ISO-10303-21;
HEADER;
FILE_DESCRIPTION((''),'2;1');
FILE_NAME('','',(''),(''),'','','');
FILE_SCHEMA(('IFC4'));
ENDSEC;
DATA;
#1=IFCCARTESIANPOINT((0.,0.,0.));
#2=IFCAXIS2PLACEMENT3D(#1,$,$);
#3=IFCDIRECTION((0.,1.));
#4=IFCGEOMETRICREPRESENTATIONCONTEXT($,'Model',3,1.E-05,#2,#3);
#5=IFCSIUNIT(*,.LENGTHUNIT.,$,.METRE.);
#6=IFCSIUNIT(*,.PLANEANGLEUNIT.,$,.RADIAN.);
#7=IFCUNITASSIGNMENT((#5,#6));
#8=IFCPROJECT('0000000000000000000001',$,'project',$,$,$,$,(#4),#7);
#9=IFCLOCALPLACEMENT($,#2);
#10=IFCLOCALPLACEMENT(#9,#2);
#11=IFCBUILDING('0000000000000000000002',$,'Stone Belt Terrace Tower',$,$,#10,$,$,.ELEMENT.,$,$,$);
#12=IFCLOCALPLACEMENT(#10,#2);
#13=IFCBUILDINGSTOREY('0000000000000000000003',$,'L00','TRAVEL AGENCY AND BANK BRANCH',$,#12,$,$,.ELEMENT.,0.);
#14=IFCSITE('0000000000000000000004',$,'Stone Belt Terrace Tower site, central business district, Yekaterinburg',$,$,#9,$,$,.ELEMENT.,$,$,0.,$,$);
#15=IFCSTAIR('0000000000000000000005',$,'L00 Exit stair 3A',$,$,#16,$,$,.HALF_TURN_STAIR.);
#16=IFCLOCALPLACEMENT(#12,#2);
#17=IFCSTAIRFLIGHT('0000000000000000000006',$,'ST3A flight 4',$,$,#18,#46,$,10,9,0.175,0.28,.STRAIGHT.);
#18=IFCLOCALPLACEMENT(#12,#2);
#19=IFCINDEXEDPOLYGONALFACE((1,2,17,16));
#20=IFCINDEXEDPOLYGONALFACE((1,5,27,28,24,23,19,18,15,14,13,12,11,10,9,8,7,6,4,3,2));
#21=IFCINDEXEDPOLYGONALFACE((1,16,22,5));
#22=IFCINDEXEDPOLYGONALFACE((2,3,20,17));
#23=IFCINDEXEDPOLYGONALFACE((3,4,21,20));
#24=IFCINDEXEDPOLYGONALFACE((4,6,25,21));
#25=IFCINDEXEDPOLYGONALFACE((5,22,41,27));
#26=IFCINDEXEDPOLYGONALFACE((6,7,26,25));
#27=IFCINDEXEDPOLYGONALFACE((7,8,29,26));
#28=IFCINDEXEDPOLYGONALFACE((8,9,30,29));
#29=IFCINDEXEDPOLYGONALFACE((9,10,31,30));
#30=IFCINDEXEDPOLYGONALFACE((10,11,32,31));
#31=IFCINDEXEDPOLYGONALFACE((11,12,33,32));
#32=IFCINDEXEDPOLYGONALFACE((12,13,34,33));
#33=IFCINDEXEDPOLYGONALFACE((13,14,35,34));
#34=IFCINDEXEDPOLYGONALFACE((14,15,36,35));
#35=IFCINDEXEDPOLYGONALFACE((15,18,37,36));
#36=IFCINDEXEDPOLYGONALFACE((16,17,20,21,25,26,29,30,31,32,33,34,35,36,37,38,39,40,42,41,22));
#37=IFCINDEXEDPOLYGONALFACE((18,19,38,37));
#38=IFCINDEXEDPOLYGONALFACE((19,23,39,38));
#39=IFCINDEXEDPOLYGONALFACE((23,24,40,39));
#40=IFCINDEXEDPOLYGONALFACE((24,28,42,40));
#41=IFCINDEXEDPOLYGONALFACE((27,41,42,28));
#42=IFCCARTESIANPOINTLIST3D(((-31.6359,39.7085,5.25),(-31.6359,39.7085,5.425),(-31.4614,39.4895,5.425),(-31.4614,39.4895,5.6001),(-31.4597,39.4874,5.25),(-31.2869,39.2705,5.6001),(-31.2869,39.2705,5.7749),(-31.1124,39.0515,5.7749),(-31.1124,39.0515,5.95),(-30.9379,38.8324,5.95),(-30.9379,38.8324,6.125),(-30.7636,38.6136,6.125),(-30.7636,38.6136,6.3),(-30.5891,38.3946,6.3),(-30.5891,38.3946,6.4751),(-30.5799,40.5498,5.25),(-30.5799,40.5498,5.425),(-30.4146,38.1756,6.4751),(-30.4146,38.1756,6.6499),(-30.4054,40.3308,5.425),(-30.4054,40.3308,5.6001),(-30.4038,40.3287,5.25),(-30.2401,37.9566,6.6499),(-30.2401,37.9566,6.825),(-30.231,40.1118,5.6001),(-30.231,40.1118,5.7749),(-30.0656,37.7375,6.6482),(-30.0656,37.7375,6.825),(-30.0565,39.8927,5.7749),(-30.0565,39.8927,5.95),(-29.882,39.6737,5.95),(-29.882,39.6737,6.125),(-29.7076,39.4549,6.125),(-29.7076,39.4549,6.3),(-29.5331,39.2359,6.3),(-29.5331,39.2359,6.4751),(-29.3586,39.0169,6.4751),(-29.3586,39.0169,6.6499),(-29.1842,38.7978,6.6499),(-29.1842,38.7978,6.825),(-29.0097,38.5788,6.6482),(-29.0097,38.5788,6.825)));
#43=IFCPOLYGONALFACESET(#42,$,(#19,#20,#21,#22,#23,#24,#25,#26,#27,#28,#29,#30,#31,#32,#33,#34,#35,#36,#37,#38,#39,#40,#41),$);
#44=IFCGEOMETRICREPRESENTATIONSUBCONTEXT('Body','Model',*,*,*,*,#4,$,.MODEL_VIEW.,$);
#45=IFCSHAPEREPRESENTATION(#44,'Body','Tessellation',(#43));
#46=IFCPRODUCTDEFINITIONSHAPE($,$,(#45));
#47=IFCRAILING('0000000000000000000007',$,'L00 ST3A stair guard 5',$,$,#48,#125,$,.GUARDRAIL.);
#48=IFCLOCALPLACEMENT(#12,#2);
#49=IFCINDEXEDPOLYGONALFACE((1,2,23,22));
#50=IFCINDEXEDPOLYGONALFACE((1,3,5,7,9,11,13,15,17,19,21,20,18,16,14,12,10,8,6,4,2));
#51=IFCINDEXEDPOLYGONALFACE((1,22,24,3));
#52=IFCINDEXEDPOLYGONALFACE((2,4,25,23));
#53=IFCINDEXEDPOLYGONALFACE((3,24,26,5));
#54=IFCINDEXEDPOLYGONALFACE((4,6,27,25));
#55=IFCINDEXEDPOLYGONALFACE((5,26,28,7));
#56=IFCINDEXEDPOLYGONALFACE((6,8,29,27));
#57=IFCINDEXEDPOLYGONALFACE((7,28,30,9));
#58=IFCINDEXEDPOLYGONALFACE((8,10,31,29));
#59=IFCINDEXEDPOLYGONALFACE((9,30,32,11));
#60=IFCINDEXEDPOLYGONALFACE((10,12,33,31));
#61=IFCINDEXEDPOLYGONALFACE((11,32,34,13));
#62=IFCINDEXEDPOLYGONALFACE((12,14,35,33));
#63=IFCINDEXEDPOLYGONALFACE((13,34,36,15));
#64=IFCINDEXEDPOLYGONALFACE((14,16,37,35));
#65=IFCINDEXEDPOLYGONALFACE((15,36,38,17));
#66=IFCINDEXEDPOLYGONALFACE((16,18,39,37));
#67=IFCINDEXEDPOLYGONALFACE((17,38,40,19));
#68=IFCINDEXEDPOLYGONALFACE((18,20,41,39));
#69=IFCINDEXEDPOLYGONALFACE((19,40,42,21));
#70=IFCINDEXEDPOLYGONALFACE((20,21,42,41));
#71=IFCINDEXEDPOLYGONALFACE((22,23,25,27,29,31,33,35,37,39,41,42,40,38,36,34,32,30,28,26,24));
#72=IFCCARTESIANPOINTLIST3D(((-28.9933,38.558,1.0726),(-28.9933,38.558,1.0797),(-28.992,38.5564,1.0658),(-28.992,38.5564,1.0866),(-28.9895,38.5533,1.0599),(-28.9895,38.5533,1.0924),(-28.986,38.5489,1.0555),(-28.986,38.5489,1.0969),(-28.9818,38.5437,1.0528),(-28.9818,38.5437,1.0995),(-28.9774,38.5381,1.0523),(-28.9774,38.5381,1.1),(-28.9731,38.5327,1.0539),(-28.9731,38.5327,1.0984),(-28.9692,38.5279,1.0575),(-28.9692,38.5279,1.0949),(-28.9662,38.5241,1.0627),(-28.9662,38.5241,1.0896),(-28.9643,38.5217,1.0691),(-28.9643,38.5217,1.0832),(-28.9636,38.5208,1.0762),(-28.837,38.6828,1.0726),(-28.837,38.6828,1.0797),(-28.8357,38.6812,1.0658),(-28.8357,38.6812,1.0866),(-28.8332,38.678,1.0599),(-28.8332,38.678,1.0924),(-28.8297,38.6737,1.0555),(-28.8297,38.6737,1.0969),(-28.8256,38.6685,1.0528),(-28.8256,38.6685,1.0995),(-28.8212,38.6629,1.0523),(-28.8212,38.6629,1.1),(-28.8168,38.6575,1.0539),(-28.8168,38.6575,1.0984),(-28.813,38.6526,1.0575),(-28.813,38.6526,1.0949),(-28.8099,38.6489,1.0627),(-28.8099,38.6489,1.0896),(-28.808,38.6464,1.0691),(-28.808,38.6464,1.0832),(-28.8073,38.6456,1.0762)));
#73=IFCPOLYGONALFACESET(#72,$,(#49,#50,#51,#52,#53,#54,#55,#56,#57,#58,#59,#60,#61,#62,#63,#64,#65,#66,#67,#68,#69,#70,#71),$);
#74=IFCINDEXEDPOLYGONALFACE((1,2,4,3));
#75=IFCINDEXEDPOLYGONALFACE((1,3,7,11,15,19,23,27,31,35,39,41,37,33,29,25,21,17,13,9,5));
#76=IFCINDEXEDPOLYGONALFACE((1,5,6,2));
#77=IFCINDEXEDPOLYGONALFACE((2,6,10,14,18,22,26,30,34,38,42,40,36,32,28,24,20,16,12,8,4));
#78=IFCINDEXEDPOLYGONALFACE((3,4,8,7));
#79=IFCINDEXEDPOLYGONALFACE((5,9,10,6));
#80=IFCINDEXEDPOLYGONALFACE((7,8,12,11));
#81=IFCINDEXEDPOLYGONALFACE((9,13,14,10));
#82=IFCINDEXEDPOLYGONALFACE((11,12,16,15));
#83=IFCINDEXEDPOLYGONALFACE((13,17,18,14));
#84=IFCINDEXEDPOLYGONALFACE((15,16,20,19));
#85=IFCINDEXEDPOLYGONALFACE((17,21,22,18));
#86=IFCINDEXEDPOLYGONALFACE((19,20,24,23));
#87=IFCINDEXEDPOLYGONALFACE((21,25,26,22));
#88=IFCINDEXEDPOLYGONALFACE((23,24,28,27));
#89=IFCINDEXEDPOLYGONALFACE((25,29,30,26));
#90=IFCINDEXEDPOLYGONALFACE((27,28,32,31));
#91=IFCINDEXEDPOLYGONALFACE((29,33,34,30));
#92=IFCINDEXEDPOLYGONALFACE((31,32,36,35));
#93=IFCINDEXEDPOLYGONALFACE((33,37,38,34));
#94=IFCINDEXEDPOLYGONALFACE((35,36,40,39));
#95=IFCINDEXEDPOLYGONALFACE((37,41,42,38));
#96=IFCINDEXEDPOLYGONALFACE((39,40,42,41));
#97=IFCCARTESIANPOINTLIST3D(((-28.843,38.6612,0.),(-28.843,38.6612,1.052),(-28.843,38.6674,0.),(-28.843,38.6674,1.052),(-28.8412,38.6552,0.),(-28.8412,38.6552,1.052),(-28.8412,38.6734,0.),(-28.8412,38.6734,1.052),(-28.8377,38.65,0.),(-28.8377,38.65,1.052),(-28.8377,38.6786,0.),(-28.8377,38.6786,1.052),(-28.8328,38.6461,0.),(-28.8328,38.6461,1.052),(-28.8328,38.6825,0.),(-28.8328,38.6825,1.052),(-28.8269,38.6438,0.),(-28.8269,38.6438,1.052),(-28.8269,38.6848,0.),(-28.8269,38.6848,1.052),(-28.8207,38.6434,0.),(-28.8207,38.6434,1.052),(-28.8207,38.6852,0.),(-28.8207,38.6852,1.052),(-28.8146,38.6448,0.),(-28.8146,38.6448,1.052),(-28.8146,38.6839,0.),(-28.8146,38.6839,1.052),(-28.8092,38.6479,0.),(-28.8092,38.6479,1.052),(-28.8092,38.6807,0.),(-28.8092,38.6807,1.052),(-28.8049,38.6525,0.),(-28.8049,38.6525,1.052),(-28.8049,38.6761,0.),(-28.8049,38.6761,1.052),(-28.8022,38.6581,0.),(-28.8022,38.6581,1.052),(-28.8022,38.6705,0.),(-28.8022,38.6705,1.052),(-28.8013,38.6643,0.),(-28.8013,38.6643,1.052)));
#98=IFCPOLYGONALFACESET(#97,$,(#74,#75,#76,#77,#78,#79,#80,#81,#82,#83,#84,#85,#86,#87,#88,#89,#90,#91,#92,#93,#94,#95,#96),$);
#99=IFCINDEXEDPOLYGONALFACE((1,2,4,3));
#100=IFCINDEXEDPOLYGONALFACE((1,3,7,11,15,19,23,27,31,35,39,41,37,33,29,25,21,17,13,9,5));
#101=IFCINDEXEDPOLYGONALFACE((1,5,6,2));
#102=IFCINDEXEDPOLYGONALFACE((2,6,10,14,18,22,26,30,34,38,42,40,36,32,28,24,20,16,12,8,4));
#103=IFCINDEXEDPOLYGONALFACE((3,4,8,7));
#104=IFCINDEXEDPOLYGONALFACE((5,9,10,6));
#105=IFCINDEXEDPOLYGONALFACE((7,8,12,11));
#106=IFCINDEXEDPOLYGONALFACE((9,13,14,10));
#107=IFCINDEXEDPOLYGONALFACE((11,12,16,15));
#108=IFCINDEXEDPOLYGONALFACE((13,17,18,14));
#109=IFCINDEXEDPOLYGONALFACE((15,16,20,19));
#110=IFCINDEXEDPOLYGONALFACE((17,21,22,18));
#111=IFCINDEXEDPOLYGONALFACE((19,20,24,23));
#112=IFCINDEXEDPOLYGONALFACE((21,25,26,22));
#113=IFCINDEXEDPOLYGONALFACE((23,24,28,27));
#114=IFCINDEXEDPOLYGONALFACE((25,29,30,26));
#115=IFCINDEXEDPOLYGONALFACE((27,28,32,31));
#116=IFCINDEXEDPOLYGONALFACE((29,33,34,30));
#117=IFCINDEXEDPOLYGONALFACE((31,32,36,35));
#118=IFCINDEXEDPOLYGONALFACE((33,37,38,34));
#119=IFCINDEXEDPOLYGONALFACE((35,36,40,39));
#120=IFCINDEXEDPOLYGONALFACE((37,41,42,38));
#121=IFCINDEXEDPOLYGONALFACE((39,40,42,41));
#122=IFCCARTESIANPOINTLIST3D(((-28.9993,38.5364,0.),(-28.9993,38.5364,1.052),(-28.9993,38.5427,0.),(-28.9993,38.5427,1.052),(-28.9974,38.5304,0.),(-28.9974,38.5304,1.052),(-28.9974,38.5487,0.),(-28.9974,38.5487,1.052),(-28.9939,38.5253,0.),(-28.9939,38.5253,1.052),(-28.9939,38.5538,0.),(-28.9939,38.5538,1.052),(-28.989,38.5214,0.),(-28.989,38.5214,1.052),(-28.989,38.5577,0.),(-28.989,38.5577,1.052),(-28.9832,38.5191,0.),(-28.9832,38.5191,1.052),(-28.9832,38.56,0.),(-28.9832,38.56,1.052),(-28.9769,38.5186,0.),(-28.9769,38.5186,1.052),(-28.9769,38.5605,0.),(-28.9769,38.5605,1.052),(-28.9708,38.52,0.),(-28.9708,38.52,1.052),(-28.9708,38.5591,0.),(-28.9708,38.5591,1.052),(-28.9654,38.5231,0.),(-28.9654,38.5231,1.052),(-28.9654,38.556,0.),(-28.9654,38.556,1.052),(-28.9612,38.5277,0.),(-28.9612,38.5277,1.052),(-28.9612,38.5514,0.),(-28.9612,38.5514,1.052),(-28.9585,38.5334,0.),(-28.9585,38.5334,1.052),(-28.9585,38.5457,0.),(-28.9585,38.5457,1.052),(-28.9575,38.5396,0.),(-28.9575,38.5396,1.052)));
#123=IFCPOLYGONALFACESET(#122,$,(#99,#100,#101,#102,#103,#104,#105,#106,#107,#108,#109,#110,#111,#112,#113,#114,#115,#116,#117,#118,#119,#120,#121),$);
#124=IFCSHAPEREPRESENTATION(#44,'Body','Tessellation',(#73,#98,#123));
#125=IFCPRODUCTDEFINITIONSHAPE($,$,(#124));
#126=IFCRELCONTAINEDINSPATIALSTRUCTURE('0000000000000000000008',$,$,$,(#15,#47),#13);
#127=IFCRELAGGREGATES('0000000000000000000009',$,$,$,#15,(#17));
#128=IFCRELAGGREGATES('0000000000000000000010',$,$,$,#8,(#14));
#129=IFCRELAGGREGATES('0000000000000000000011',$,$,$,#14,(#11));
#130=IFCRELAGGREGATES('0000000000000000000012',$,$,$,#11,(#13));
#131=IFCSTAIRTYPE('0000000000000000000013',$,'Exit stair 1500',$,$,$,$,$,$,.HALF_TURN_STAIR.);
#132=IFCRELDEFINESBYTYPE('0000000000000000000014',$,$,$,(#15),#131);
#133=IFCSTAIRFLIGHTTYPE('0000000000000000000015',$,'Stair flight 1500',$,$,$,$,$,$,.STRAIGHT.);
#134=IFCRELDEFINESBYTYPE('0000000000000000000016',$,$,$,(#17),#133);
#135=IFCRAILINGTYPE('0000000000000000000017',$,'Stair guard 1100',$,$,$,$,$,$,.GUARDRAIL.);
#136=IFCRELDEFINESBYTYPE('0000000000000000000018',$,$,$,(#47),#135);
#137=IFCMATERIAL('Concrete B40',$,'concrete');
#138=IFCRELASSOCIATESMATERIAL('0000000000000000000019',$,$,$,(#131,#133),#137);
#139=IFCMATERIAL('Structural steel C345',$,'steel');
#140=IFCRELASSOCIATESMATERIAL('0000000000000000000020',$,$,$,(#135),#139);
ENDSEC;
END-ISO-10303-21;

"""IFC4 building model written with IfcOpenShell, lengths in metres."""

from ifc_helpers import new_model, si_unit, direction, frame, origin, origin_2d, place, context, subcontext, project, spatial, polyline, circle, outline, extrude, material, type_object, element, aggregate, save


model = new_model("IFC4")

# Units and contexts
model_context = context("Model", 3, precision=1e-05, world=origin(), true_north=direction((0.0, 1.0)))
body_context = subcontext(model_context, "Body", "Model", "MODEL_VIEW")
ifc_project = project(units=[si_unit("LENGTHUNIT", "METRE"), si_unit("PLANEANGLEUNIT", "RADIAN")], contexts=[model_context])

# Site, building, storey
site_placement = place(None, origin())
site = spatial("IfcSite", under=ifc_project, at=site_placement, Name="Stone Belt Terrace Tower site, central business district, Yekaterinburg", CompositionType="ELEMENT", RefElevation=0.0)
building_placement = place(site_placement, origin())
building = spatial("IfcBuilding", under=site, at=building_placement, Name="Stone Belt Terrace Tower", CompositionType="ELEMENT")
storey_placement = place(building_placement, origin())
storey = spatial("IfcBuildingStorey", under=building, at=storey_placement, Name="L00", Description="TRAVEL AGENCY AND BANK BRANCH", CompositionType="ELEMENT", Elevation=0.0)

# Stair, stair flight
ifc_material_1 = material(Name="Concrete B40", Category="concrete")
stair_type = type_object("IfcStairType", Name="Exit stair 1500", PredefinedType="HALF_TURN_STAIR", material=ifc_material_1)
stair_flight_type = type_object("IfcStairFlightType", Name="Stair flight 1500", PredefinedType="STRAIGHT", material=ifc_material_1)
stair_1_placement = place(storey_placement, origin())
stair_1 = element("IfcStair", 1, at=stair_1_placement, inside=storey, type_object=stair_type, Name="L00 Exit stair 3A", PredefinedType="HALF_TURN_STAIR")
stair_flight_1_placement = place(storey_placement, frame((-31.1079, 40.1292, 5.25), z_axis=(0.0, 0.0, 1.0), x_axis=(0.623121, -0.782125, 0.0)))
stair_flight_1 = element("IfcStairFlight", 2, at=stair_flight_1_placement, type_object=stair_flight_type, Name="ST3A flight 4", NumberOfRisers=10, NumberOfTreads=9, PredefinedType="STRAIGHT", RiserHeight=0.175, TreadLength=0.28, context=body_context, shape_type="SweptSolid", body=[
    extrude(outline(polyline([(0.0, 0.0), (0.0, 0.175), (0.28, 0.175), (0.28, 0.3501), (0.5601, 0.3501), (0.5601, 0.5249), (0.8401, 0.5249), (0.8401, 0.7), (1.1201, 0.7), (1.1201, 0.875), (1.3999, 0.875), (1.3999, 1.05), (1.6799, 1.05), (1.6799, 1.2251), (1.96, 1.2251), (1.96, 1.3999), (2.24, 1.3999), (2.24, 1.575), (2.52, 1.575), (2.52, 1.75), (2.52, 1.3982), (0.2827, 0.0), (0.0, 0.0)])), frame((0.0, 0.675, 0.0), z_axis=(0.0, -1.0, 0.0), x_axis=(1.0, 0.0, 0.0)), (0.0, 0.0, 1.0), 1.3501),
])
aggregate(stair_1, [stair_flight_1])

# Railing
ifc_material_2 = material(Name="Structural steel C345", Category="steel")
railing_type_1 = type_object("IfcRailingType", Name="Stair guard 1100", PredefinedType="GUARDRAIL", material=ifc_material_2)
railing_1_placement = place(storey_placement, frame((-28.8223, 38.6643, 0.0)))
element("IfcRailing", 3, at=railing_1_placement, inside=storey, type_object=railing_type_1, Name="L00 ST3A stair guard 5", PredefinedType="GUARDRAIL", context=body_context, shape_type="SweptSolid", body=[
    extrude(circle(Radius=0.0239, at=origin_2d()), frame((0.0, 0.0, 1.0762), z_axis=(-0.781464, -0.62395, 0.0), x_axis=(0.62395, -0.781464, 0.0)), (0.0, 0.0, 1.0), 0.2),
    extrude(circle(Radius=0.021, at=origin_2d()), origin(), (0.0, 0.0, 1.0), 1.052),
    extrude(circle(Radius=0.021, at=origin_2d()), frame((-0.1562, -0.1248, 0.0)), (0.0, 0.0, 1.0), 1.052),
])

save(model, "model.ifc")
